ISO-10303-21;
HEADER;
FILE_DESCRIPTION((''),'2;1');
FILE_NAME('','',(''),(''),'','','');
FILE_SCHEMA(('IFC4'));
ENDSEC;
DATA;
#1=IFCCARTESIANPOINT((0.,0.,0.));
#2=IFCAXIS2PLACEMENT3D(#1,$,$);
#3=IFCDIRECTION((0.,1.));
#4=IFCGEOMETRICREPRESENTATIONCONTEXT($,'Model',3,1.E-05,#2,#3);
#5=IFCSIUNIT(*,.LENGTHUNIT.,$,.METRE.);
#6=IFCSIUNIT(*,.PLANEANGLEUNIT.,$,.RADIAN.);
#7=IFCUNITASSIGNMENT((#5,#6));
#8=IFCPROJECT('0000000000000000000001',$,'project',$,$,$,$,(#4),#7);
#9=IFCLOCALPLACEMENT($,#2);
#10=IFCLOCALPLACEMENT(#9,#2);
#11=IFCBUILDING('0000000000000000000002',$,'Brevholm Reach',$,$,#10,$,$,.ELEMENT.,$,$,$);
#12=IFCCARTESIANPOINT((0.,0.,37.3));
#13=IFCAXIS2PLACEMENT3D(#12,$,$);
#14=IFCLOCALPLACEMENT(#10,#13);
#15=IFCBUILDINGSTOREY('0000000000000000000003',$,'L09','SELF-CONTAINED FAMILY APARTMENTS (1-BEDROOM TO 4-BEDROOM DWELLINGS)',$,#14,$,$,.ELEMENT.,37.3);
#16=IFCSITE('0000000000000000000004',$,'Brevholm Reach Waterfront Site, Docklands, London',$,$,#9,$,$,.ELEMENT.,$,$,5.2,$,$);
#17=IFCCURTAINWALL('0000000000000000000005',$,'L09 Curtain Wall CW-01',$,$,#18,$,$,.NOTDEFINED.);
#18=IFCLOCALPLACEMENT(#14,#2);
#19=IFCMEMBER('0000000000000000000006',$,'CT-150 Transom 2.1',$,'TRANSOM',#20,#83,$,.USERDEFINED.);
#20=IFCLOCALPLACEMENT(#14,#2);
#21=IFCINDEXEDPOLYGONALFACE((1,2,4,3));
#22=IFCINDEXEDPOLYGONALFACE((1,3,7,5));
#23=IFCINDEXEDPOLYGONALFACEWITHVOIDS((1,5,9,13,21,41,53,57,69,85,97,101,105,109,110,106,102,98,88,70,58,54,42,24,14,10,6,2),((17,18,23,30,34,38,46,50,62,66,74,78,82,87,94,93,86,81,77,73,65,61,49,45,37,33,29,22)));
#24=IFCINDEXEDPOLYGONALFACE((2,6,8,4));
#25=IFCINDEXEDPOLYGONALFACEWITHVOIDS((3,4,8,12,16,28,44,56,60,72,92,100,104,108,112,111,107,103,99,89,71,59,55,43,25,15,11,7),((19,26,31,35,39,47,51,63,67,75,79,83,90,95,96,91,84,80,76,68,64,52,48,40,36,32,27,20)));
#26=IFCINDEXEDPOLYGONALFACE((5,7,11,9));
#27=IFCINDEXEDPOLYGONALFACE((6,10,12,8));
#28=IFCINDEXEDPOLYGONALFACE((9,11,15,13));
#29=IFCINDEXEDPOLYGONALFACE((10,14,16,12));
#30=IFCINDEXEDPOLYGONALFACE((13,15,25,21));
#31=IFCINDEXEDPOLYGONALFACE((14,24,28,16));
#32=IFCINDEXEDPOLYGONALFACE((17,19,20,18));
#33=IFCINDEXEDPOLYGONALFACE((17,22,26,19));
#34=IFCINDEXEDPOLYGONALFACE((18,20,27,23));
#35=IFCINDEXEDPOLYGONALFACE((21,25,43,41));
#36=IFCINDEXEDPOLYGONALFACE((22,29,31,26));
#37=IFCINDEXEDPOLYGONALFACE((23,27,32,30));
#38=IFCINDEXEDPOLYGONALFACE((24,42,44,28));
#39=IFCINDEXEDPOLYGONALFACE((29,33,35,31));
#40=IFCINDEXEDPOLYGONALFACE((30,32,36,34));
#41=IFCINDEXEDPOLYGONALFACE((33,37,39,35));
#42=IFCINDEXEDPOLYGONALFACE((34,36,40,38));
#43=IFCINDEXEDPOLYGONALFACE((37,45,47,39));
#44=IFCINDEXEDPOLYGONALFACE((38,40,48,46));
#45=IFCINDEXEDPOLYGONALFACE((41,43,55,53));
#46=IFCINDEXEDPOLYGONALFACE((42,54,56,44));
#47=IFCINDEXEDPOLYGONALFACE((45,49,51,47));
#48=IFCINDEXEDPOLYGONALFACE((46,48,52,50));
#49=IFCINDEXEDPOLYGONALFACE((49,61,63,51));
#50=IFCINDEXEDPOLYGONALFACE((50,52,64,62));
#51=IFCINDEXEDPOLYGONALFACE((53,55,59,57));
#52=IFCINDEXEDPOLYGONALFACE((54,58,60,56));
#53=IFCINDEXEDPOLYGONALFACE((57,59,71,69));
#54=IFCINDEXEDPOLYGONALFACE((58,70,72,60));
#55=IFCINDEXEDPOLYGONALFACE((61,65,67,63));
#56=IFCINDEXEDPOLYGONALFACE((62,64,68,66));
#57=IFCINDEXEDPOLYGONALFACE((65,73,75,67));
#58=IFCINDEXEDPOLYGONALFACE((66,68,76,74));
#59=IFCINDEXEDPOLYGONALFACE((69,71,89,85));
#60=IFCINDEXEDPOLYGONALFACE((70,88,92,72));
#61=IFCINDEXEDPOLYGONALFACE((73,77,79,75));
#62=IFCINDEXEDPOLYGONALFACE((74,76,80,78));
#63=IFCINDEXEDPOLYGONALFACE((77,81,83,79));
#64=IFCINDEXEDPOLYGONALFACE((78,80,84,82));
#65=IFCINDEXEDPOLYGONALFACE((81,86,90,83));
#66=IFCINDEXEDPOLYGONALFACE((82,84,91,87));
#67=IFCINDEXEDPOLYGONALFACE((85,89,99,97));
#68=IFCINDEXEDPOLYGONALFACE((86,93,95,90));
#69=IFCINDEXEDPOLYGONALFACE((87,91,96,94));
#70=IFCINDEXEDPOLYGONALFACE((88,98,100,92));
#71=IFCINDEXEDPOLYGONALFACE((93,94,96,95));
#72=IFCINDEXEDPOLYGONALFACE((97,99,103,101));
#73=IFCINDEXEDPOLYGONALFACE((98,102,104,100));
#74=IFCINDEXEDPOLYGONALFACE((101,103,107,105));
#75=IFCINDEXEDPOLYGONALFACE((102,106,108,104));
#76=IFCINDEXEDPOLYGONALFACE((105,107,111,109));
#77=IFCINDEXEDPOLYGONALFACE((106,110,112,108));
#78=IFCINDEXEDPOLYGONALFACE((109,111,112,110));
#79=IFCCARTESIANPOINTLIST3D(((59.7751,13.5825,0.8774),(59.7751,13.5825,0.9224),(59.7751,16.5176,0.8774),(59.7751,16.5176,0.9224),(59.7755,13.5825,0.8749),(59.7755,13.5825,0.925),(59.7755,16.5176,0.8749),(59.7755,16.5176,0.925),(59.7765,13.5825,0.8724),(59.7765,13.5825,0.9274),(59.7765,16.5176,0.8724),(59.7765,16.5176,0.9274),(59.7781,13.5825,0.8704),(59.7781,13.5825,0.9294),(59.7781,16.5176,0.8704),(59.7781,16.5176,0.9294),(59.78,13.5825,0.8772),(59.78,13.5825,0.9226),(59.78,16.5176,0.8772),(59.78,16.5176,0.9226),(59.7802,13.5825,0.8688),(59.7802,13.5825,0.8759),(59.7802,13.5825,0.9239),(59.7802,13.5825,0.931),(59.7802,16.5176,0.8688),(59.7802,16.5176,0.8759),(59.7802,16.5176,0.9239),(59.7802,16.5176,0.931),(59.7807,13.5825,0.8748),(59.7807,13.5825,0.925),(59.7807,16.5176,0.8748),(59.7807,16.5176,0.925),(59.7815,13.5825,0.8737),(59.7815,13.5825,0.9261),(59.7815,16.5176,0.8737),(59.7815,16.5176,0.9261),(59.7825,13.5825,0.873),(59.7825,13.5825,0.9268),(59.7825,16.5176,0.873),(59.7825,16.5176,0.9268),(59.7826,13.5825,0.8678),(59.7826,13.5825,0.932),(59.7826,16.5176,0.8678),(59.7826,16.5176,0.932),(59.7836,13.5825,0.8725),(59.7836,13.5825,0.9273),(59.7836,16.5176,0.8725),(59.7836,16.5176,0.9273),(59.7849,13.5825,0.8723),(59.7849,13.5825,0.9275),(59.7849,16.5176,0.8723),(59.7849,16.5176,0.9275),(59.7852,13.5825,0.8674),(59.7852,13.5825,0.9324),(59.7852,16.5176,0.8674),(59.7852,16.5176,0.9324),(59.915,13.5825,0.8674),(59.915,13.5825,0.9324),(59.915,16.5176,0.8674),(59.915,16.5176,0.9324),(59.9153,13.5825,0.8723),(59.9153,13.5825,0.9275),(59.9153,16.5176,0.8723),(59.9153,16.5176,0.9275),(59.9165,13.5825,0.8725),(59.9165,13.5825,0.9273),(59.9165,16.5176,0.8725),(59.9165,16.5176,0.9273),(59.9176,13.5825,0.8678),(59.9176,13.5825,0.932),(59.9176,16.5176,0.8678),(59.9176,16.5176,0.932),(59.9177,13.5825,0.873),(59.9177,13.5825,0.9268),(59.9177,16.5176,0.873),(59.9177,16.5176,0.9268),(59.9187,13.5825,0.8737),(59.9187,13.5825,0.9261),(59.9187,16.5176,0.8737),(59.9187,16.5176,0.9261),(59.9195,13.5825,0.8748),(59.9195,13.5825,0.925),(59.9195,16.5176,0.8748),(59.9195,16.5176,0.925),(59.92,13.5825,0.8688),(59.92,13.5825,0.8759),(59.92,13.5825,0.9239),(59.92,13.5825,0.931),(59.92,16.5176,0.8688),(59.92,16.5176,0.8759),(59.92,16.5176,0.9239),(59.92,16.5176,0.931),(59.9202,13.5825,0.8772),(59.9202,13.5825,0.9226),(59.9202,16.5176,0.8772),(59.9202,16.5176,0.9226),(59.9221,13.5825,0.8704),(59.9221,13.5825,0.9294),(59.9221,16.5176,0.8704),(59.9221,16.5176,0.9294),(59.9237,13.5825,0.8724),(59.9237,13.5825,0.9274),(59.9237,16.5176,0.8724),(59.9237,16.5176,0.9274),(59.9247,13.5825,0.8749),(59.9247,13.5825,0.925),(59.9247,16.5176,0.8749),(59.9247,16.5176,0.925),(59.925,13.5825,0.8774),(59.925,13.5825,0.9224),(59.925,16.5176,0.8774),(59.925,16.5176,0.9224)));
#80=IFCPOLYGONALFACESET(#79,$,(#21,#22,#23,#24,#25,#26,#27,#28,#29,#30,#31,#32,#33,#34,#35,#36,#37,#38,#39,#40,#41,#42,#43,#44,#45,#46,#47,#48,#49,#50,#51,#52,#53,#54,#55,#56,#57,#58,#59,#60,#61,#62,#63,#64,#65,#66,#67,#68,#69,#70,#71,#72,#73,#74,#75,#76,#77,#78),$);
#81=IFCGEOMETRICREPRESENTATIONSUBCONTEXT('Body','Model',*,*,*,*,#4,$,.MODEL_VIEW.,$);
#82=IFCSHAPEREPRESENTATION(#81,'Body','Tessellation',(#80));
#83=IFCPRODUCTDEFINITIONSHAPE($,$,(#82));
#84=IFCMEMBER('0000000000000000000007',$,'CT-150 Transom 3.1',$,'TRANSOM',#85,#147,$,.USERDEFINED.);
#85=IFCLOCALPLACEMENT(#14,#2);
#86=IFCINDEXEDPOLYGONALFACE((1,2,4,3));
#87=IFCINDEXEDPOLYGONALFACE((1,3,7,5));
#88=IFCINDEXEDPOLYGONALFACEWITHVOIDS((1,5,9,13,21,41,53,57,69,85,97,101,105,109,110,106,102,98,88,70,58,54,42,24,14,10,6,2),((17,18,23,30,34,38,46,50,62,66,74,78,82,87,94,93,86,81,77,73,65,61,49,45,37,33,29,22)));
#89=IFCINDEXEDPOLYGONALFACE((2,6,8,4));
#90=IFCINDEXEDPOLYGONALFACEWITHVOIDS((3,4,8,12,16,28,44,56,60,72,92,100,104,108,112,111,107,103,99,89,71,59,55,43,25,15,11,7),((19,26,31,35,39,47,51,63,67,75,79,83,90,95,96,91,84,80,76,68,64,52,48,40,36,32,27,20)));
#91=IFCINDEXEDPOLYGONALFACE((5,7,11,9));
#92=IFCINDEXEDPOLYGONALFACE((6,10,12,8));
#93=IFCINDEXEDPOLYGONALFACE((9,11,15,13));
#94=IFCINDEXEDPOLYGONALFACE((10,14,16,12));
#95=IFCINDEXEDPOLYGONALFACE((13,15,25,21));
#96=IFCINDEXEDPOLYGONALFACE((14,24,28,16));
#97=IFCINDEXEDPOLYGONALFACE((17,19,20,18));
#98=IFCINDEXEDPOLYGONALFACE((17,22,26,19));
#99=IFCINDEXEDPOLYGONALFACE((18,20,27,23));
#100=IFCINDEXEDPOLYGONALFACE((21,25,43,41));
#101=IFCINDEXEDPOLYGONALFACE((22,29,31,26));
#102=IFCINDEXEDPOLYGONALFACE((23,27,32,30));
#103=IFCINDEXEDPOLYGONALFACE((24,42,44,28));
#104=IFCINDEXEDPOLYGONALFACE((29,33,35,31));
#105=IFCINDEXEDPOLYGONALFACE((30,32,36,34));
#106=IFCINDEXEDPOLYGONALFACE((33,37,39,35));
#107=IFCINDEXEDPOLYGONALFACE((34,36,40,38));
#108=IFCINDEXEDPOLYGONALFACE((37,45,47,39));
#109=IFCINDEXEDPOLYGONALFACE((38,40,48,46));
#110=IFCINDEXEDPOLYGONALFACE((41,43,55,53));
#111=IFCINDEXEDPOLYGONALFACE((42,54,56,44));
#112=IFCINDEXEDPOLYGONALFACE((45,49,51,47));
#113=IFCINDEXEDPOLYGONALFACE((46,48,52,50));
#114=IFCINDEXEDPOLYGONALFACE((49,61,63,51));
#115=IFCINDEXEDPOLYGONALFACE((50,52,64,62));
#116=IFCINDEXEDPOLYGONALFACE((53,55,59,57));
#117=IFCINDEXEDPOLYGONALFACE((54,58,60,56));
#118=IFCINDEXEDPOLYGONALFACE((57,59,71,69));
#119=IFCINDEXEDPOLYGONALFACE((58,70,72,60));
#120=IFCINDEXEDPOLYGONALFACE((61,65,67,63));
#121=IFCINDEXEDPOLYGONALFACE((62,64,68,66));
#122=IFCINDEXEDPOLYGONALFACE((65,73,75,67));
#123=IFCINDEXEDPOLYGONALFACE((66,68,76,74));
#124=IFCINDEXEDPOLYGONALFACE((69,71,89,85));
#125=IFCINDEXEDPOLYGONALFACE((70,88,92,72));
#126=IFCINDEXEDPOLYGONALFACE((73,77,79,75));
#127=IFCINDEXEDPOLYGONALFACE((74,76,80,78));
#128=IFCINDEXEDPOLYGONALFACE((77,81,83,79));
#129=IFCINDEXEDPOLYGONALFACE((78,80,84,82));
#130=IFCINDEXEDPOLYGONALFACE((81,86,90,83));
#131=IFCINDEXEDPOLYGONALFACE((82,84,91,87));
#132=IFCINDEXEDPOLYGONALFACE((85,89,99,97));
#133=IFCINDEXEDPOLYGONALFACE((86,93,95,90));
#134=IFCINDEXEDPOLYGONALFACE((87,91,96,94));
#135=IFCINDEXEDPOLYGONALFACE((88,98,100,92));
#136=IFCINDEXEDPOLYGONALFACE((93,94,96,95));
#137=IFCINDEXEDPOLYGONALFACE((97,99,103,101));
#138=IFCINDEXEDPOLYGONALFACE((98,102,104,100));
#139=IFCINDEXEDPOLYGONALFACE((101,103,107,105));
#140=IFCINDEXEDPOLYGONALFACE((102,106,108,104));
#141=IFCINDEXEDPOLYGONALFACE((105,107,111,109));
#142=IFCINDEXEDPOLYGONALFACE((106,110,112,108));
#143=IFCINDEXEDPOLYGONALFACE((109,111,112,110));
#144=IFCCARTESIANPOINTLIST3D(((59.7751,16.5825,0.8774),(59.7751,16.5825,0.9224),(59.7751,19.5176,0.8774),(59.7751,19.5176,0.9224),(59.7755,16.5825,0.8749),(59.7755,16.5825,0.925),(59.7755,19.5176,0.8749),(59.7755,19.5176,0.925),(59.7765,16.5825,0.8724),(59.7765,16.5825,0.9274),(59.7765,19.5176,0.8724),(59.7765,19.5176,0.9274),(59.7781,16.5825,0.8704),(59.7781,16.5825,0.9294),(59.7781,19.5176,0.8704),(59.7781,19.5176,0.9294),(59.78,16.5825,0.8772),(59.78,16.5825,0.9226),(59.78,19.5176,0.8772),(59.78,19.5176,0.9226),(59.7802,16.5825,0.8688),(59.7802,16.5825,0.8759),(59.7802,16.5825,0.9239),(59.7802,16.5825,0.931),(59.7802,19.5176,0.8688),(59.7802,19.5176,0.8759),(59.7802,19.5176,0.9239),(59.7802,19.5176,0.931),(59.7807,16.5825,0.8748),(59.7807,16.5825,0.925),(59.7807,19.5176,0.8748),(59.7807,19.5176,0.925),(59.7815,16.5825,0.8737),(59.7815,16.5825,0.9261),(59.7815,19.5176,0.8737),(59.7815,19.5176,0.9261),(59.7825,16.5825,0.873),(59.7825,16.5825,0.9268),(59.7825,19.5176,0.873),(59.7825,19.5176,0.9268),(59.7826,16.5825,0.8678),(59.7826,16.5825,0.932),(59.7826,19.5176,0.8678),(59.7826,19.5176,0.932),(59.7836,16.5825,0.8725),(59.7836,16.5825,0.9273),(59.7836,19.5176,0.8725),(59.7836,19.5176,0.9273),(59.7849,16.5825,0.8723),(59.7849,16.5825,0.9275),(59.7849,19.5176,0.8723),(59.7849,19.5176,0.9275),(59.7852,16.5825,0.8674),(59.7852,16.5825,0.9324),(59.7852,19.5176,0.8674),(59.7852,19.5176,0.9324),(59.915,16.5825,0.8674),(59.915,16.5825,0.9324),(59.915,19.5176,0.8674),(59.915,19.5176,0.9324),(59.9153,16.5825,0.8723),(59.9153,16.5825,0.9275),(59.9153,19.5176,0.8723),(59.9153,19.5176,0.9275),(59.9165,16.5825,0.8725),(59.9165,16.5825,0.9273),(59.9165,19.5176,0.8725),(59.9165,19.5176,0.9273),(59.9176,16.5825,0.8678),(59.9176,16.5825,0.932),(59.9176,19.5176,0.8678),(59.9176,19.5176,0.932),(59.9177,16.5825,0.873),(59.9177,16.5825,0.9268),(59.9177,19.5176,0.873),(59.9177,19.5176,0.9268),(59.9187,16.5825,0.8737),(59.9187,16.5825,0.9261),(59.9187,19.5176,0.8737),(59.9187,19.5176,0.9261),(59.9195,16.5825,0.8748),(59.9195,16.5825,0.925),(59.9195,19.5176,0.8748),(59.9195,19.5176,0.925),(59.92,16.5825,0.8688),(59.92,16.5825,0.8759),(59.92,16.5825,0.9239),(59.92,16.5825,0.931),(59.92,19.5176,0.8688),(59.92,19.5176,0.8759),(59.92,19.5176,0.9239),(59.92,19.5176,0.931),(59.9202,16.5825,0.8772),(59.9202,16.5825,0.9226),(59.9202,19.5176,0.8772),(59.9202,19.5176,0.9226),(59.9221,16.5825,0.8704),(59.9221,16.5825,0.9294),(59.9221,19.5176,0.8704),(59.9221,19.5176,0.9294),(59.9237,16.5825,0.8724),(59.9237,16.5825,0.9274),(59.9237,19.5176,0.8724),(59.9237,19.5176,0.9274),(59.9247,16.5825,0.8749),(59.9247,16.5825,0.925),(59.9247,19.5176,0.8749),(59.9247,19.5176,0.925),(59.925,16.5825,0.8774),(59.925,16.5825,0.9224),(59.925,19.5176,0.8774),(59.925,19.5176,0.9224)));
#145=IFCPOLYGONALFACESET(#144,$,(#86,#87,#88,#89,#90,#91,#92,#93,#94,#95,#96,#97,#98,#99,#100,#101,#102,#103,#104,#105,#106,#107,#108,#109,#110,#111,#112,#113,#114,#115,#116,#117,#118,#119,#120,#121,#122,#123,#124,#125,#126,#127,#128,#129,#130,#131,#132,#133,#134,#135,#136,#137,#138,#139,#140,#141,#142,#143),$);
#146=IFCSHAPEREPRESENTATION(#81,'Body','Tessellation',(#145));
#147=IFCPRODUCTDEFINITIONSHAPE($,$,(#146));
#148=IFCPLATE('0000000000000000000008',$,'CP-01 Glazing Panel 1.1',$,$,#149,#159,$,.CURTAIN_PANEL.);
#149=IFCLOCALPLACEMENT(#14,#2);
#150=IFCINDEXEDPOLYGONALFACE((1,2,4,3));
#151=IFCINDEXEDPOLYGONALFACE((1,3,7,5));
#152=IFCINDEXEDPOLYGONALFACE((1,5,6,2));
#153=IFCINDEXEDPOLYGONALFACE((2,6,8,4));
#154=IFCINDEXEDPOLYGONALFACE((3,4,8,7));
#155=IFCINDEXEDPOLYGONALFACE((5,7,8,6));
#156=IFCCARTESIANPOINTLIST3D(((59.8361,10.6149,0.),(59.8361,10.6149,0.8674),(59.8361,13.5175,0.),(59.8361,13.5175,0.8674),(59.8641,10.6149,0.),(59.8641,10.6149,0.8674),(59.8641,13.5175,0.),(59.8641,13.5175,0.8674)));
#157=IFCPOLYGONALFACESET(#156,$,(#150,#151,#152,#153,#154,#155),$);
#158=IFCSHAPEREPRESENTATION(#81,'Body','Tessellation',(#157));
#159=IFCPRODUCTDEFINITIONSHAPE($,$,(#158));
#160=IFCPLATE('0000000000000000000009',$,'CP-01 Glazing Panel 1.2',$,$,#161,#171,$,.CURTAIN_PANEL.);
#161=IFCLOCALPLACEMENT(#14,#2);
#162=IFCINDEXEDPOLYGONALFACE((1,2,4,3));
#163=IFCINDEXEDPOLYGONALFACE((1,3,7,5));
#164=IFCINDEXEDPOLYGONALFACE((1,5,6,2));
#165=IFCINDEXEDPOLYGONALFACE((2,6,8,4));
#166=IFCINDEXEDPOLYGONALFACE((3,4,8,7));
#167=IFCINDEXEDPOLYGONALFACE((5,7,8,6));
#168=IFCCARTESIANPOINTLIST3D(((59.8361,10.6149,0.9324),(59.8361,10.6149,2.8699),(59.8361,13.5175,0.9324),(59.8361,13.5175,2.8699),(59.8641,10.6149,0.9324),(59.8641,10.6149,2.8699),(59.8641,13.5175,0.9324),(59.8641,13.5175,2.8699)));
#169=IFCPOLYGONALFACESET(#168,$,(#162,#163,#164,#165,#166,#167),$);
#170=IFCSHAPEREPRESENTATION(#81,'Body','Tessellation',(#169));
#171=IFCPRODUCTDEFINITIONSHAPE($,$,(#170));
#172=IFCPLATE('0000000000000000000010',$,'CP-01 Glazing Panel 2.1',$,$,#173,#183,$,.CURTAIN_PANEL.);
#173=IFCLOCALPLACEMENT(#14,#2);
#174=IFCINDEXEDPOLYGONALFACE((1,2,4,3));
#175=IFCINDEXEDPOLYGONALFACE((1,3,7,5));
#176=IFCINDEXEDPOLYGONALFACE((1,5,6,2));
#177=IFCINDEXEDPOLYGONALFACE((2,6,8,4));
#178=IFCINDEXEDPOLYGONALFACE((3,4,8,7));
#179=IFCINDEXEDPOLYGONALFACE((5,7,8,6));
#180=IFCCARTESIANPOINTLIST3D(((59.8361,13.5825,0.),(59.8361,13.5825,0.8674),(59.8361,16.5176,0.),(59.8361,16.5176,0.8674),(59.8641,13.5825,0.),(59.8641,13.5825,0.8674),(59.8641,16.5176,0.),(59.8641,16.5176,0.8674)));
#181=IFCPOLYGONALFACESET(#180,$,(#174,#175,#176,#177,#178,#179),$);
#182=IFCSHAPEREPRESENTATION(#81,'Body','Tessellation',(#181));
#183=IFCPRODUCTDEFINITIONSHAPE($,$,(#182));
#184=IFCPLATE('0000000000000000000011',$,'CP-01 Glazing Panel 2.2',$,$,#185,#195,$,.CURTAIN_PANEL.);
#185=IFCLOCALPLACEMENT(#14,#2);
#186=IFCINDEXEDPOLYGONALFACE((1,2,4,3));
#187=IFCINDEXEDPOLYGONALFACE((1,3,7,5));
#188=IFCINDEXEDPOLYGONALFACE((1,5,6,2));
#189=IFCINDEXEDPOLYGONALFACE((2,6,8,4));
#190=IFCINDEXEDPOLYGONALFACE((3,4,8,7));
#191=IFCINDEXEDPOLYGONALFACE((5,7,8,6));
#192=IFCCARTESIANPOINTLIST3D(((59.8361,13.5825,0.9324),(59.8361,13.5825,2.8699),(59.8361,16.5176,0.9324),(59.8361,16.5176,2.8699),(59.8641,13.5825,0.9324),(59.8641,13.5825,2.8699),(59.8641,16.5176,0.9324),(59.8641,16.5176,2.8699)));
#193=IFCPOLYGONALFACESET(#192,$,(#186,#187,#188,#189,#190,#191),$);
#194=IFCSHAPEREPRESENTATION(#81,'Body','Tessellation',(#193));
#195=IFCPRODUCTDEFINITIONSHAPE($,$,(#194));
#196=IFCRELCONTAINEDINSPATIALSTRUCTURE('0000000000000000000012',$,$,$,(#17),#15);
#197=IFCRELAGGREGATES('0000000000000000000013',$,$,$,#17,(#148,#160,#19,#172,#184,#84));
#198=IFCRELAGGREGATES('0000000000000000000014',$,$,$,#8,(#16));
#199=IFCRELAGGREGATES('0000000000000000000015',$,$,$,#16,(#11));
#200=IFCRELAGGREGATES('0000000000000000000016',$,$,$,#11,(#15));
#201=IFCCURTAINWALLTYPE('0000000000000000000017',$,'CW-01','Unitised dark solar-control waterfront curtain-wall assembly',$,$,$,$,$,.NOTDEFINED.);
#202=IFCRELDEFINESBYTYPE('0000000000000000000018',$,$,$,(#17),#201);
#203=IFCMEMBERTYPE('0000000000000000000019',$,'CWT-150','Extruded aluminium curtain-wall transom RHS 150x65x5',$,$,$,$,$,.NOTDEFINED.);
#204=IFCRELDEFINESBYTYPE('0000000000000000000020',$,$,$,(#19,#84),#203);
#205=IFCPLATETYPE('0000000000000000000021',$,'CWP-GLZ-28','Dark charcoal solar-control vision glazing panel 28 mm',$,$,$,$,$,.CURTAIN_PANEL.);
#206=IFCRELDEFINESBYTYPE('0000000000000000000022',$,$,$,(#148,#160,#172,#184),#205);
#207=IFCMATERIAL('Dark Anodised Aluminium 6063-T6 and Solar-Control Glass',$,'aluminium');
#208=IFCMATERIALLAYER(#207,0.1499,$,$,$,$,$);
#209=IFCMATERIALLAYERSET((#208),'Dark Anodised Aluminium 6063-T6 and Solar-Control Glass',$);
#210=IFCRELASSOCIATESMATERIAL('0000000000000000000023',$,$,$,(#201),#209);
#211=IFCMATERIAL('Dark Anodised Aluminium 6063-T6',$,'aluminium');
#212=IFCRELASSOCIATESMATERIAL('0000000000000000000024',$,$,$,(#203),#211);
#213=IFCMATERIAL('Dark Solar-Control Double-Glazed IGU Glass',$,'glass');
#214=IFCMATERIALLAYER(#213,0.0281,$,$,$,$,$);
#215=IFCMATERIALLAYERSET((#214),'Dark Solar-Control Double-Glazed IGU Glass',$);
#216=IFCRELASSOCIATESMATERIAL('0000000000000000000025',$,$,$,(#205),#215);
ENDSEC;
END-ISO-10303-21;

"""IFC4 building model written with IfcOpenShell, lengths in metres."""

from ifc_helpers import new_model, si_unit, direction, frame, origin, origin_2d, place, context, subcontext, project, spatial, rectangle, hollow_rectangle, extrude, material, layer, layer_set, material_profile, profile_set, type_object, element, aggregate, save


model = new_model("IFC4")

# Units and contexts
model_context = context("Model", 3, precision=1e-05, world=origin(), true_north=direction((0.0, 1.0)))
body_context = subcontext(model_context, "Body", "Model", "MODEL_VIEW")
ifc_project = project(units=[si_unit("LENGTHUNIT", "METRE"), si_unit("PLANEANGLEUNIT", "RADIAN")], contexts=[model_context])

# Site, building, storey
site_placement = place(None, origin())
site = spatial("IfcSite", under=ifc_project, at=site_placement, Name="Brevholm Reach Waterfront Site, Docklands, London", CompositionType="ELEMENT", RefElevation=5.2)
building_placement = place(site_placement, origin())
building = spatial("IfcBuilding", under=site, at=building_placement, Name="Brevholm Reach", CompositionType="ELEMENT")
storey_placement = place(building_placement, frame((0.0, 0.0, 37.3)))
storey = spatial("IfcBuildingStorey", under=building, at=storey_placement, Name="L09", Description="SELF-CONTAINED FAMILY APARTMENTS (1-BEDROOM TO 4-BEDROOM DWELLINGS)", CompositionType="ELEMENT", Elevation=37.3)

# Curtain wall, members, plates
ifc_material_1 = material(Name="Dark Anodised Aluminium 6063-T6 and Solar-Control Glass", Category="aluminium")
ifc_layer_1 = layer(ifc_material_1, 0.1499)
ifc_layer_set_1 = layer_set([ifc_layer_1], Name="Dark Anodised Aluminium 6063-T6 and Solar-Control Glass")
curtain_wall_type = type_object("IfcCurtainWallType", Name="CW-01", Description="Unitised dark solar-control waterfront curtain-wall assembly", PredefinedType="NOTDEFINED", material=ifc_layer_set_1)
curtain_wall_placement = place(storey_placement, origin())
curtain_wall = element("IfcCurtainWall", 1, at=curtain_wall_placement, inside=storey, type_object=curtain_wall_type, Name="L09 Curtain Wall CW-01", PredefinedType="NOTDEFINED")
ifc_material_2 = material(Name="Dark Anodised Aluminium 6063-T6", Category="aluminium")
ifc_material_profile_1 = material_profile(ifc_material_2, hollow_rectangle(XDim=0.0649, YDim=0.1499, WallThickness=0.0049, InnerFilletRadius=0.0049, OuterFilletRadius=0.01, at=origin_2d()), Name="RHS 150x65x5")
ifc_profile_set_1 = profile_set([ifc_material_profile_1], Name="Dark Anodised Aluminium 6063-T6")
member_type_1 = type_object("IfcMemberType", Name="CWT-150", Description="Extruded aluminium curtain-wall transom RHS 150x65x5", PredefinedType="NOTDEFINED", material=ifc_profile_set_1)
member_1_placement = place(storey_placement, frame((59.8501, 13.5825, 0.8999), z_axis=(0.0, 1.0, 0.0), x_axis=(0.0, 0.0, 1.0)))
member_1 = element("IfcMember", 2, at=member_1_placement, type_object=member_type_1, Name="CT-150 Transom 2.1", ObjectType="TRANSOM", PredefinedType="USERDEFINED", context=body_context, shape_type="SweptSolid", body=[
    extrude(hollow_rectangle(XDim=0.0649, YDim=0.1499, WallThickness=0.0049, InnerFilletRadius=0.0049, OuterFilletRadius=0.01, at=origin_2d()), origin(), (0.0, 0.0, 1.0), 2.9351),
])
member_2_placement = place(storey_placement, frame((59.8501, 16.5825, 0.8999), z_axis=(0.0, 1.0, 0.0), x_axis=(0.0, 0.0, 1.0)))
member_2 = element("IfcMember", 3, at=member_2_placement, type_object=member_type_1, Name="CT-150 Transom 3.1", ObjectType="TRANSOM", PredefinedType="USERDEFINED", context=body_context, shape_type="SweptSolid", body=[
    extrude(hollow_rectangle(XDim=0.0649, YDim=0.1499, WallThickness=0.0049, InnerFilletRadius=0.0049, OuterFilletRadius=0.01, at=origin_2d()), origin(), (0.0, 0.0, 1.0), 2.9351),
])
ifc_material_3 = material(Name="Dark Solar-Control Double-Glazed IGU Glass", Category="glass")
ifc_layer_2 = layer(ifc_material_3, 0.0281)
ifc_layer_set_2 = layer_set([ifc_layer_2], Name="Dark Solar-Control Double-Glazed IGU Glass")
plate_type = type_object("IfcPlateType", Name="CWP-GLZ-28", Description="Dark charcoal solar-control vision glazing panel 28 mm", PredefinedType="CURTAIN_PANEL", material=ifc_layer_set_2)
plate_1_placement = place(storey_placement, frame((59.8501, 12.0662, 0.0), z_axis=(0.0, 0.0, 1.0), x_axis=(0.0, 1.0, 0.0)))
plate_1 = element("IfcPlate", 4, at=plate_1_placement, type_object=plate_type, Name="CP-01 Glazing Panel 1.1", PredefinedType="CURTAIN_PANEL", context=body_context, shape_type="SweptSolid", body=[
    extrude(rectangle(XDim=2.9026, YDim=0.0281, at=origin_2d()), origin(), (0.0, 0.0, 1.0), 0.8674),
])
plate_2_placement = place(storey_placement, frame((59.8501, 12.0662, 0.9324), z_axis=(0.0, 0.0, 1.0), x_axis=(0.0, 1.0, 0.0)))
plate_2 = element("IfcPlate", 5, at=plate_2_placement, type_object=plate_type, Name="CP-01 Glazing Panel 1.2", PredefinedType="CURTAIN_PANEL", context=body_context, shape_type="SweptSolid", body=[
    extrude(rectangle(XDim=2.9026, YDim=0.0281, at=origin_2d()), origin(), (0.0, 0.0, 1.0), 1.9375),
])
plate_3_placement = place(storey_placement, frame((59.8501, 15.05, 0.0), z_axis=(0.0, 0.0, 1.0), x_axis=(0.0, 1.0, 0.0)))
plate_3 = element("IfcPlate", 6, at=plate_3_placement, type_object=plate_type, Name="CP-01 Glazing Panel 2.1", PredefinedType="CURTAIN_PANEL", context=body_context, shape_type="SweptSolid", body=[
    extrude(rectangle(XDim=2.9351, YDim=0.0281, at=origin_2d()), origin(), (0.0, 0.0, 1.0), 0.8674),
])
plate_4_placement = place(storey_placement, frame((59.8501, 15.05, 0.9324), z_axis=(0.0, 0.0, 1.0), x_axis=(0.0, 1.0, 0.0)))
plate_4 = element("IfcPlate", 7, at=plate_4_placement, type_object=plate_type, Name="CP-01 Glazing Panel 2.2", PredefinedType="CURTAIN_PANEL", context=body_context, shape_type="SweptSolid", body=[
    extrude(rectangle(XDim=2.9351, YDim=0.0281, at=origin_2d()), origin(), (0.0, 0.0, 1.0), 1.9375),
])
aggregate(curtain_wall, [plate_1, plate_2, member_1, plate_3, plate_4, member_2])

save(model, "model.ifc")
